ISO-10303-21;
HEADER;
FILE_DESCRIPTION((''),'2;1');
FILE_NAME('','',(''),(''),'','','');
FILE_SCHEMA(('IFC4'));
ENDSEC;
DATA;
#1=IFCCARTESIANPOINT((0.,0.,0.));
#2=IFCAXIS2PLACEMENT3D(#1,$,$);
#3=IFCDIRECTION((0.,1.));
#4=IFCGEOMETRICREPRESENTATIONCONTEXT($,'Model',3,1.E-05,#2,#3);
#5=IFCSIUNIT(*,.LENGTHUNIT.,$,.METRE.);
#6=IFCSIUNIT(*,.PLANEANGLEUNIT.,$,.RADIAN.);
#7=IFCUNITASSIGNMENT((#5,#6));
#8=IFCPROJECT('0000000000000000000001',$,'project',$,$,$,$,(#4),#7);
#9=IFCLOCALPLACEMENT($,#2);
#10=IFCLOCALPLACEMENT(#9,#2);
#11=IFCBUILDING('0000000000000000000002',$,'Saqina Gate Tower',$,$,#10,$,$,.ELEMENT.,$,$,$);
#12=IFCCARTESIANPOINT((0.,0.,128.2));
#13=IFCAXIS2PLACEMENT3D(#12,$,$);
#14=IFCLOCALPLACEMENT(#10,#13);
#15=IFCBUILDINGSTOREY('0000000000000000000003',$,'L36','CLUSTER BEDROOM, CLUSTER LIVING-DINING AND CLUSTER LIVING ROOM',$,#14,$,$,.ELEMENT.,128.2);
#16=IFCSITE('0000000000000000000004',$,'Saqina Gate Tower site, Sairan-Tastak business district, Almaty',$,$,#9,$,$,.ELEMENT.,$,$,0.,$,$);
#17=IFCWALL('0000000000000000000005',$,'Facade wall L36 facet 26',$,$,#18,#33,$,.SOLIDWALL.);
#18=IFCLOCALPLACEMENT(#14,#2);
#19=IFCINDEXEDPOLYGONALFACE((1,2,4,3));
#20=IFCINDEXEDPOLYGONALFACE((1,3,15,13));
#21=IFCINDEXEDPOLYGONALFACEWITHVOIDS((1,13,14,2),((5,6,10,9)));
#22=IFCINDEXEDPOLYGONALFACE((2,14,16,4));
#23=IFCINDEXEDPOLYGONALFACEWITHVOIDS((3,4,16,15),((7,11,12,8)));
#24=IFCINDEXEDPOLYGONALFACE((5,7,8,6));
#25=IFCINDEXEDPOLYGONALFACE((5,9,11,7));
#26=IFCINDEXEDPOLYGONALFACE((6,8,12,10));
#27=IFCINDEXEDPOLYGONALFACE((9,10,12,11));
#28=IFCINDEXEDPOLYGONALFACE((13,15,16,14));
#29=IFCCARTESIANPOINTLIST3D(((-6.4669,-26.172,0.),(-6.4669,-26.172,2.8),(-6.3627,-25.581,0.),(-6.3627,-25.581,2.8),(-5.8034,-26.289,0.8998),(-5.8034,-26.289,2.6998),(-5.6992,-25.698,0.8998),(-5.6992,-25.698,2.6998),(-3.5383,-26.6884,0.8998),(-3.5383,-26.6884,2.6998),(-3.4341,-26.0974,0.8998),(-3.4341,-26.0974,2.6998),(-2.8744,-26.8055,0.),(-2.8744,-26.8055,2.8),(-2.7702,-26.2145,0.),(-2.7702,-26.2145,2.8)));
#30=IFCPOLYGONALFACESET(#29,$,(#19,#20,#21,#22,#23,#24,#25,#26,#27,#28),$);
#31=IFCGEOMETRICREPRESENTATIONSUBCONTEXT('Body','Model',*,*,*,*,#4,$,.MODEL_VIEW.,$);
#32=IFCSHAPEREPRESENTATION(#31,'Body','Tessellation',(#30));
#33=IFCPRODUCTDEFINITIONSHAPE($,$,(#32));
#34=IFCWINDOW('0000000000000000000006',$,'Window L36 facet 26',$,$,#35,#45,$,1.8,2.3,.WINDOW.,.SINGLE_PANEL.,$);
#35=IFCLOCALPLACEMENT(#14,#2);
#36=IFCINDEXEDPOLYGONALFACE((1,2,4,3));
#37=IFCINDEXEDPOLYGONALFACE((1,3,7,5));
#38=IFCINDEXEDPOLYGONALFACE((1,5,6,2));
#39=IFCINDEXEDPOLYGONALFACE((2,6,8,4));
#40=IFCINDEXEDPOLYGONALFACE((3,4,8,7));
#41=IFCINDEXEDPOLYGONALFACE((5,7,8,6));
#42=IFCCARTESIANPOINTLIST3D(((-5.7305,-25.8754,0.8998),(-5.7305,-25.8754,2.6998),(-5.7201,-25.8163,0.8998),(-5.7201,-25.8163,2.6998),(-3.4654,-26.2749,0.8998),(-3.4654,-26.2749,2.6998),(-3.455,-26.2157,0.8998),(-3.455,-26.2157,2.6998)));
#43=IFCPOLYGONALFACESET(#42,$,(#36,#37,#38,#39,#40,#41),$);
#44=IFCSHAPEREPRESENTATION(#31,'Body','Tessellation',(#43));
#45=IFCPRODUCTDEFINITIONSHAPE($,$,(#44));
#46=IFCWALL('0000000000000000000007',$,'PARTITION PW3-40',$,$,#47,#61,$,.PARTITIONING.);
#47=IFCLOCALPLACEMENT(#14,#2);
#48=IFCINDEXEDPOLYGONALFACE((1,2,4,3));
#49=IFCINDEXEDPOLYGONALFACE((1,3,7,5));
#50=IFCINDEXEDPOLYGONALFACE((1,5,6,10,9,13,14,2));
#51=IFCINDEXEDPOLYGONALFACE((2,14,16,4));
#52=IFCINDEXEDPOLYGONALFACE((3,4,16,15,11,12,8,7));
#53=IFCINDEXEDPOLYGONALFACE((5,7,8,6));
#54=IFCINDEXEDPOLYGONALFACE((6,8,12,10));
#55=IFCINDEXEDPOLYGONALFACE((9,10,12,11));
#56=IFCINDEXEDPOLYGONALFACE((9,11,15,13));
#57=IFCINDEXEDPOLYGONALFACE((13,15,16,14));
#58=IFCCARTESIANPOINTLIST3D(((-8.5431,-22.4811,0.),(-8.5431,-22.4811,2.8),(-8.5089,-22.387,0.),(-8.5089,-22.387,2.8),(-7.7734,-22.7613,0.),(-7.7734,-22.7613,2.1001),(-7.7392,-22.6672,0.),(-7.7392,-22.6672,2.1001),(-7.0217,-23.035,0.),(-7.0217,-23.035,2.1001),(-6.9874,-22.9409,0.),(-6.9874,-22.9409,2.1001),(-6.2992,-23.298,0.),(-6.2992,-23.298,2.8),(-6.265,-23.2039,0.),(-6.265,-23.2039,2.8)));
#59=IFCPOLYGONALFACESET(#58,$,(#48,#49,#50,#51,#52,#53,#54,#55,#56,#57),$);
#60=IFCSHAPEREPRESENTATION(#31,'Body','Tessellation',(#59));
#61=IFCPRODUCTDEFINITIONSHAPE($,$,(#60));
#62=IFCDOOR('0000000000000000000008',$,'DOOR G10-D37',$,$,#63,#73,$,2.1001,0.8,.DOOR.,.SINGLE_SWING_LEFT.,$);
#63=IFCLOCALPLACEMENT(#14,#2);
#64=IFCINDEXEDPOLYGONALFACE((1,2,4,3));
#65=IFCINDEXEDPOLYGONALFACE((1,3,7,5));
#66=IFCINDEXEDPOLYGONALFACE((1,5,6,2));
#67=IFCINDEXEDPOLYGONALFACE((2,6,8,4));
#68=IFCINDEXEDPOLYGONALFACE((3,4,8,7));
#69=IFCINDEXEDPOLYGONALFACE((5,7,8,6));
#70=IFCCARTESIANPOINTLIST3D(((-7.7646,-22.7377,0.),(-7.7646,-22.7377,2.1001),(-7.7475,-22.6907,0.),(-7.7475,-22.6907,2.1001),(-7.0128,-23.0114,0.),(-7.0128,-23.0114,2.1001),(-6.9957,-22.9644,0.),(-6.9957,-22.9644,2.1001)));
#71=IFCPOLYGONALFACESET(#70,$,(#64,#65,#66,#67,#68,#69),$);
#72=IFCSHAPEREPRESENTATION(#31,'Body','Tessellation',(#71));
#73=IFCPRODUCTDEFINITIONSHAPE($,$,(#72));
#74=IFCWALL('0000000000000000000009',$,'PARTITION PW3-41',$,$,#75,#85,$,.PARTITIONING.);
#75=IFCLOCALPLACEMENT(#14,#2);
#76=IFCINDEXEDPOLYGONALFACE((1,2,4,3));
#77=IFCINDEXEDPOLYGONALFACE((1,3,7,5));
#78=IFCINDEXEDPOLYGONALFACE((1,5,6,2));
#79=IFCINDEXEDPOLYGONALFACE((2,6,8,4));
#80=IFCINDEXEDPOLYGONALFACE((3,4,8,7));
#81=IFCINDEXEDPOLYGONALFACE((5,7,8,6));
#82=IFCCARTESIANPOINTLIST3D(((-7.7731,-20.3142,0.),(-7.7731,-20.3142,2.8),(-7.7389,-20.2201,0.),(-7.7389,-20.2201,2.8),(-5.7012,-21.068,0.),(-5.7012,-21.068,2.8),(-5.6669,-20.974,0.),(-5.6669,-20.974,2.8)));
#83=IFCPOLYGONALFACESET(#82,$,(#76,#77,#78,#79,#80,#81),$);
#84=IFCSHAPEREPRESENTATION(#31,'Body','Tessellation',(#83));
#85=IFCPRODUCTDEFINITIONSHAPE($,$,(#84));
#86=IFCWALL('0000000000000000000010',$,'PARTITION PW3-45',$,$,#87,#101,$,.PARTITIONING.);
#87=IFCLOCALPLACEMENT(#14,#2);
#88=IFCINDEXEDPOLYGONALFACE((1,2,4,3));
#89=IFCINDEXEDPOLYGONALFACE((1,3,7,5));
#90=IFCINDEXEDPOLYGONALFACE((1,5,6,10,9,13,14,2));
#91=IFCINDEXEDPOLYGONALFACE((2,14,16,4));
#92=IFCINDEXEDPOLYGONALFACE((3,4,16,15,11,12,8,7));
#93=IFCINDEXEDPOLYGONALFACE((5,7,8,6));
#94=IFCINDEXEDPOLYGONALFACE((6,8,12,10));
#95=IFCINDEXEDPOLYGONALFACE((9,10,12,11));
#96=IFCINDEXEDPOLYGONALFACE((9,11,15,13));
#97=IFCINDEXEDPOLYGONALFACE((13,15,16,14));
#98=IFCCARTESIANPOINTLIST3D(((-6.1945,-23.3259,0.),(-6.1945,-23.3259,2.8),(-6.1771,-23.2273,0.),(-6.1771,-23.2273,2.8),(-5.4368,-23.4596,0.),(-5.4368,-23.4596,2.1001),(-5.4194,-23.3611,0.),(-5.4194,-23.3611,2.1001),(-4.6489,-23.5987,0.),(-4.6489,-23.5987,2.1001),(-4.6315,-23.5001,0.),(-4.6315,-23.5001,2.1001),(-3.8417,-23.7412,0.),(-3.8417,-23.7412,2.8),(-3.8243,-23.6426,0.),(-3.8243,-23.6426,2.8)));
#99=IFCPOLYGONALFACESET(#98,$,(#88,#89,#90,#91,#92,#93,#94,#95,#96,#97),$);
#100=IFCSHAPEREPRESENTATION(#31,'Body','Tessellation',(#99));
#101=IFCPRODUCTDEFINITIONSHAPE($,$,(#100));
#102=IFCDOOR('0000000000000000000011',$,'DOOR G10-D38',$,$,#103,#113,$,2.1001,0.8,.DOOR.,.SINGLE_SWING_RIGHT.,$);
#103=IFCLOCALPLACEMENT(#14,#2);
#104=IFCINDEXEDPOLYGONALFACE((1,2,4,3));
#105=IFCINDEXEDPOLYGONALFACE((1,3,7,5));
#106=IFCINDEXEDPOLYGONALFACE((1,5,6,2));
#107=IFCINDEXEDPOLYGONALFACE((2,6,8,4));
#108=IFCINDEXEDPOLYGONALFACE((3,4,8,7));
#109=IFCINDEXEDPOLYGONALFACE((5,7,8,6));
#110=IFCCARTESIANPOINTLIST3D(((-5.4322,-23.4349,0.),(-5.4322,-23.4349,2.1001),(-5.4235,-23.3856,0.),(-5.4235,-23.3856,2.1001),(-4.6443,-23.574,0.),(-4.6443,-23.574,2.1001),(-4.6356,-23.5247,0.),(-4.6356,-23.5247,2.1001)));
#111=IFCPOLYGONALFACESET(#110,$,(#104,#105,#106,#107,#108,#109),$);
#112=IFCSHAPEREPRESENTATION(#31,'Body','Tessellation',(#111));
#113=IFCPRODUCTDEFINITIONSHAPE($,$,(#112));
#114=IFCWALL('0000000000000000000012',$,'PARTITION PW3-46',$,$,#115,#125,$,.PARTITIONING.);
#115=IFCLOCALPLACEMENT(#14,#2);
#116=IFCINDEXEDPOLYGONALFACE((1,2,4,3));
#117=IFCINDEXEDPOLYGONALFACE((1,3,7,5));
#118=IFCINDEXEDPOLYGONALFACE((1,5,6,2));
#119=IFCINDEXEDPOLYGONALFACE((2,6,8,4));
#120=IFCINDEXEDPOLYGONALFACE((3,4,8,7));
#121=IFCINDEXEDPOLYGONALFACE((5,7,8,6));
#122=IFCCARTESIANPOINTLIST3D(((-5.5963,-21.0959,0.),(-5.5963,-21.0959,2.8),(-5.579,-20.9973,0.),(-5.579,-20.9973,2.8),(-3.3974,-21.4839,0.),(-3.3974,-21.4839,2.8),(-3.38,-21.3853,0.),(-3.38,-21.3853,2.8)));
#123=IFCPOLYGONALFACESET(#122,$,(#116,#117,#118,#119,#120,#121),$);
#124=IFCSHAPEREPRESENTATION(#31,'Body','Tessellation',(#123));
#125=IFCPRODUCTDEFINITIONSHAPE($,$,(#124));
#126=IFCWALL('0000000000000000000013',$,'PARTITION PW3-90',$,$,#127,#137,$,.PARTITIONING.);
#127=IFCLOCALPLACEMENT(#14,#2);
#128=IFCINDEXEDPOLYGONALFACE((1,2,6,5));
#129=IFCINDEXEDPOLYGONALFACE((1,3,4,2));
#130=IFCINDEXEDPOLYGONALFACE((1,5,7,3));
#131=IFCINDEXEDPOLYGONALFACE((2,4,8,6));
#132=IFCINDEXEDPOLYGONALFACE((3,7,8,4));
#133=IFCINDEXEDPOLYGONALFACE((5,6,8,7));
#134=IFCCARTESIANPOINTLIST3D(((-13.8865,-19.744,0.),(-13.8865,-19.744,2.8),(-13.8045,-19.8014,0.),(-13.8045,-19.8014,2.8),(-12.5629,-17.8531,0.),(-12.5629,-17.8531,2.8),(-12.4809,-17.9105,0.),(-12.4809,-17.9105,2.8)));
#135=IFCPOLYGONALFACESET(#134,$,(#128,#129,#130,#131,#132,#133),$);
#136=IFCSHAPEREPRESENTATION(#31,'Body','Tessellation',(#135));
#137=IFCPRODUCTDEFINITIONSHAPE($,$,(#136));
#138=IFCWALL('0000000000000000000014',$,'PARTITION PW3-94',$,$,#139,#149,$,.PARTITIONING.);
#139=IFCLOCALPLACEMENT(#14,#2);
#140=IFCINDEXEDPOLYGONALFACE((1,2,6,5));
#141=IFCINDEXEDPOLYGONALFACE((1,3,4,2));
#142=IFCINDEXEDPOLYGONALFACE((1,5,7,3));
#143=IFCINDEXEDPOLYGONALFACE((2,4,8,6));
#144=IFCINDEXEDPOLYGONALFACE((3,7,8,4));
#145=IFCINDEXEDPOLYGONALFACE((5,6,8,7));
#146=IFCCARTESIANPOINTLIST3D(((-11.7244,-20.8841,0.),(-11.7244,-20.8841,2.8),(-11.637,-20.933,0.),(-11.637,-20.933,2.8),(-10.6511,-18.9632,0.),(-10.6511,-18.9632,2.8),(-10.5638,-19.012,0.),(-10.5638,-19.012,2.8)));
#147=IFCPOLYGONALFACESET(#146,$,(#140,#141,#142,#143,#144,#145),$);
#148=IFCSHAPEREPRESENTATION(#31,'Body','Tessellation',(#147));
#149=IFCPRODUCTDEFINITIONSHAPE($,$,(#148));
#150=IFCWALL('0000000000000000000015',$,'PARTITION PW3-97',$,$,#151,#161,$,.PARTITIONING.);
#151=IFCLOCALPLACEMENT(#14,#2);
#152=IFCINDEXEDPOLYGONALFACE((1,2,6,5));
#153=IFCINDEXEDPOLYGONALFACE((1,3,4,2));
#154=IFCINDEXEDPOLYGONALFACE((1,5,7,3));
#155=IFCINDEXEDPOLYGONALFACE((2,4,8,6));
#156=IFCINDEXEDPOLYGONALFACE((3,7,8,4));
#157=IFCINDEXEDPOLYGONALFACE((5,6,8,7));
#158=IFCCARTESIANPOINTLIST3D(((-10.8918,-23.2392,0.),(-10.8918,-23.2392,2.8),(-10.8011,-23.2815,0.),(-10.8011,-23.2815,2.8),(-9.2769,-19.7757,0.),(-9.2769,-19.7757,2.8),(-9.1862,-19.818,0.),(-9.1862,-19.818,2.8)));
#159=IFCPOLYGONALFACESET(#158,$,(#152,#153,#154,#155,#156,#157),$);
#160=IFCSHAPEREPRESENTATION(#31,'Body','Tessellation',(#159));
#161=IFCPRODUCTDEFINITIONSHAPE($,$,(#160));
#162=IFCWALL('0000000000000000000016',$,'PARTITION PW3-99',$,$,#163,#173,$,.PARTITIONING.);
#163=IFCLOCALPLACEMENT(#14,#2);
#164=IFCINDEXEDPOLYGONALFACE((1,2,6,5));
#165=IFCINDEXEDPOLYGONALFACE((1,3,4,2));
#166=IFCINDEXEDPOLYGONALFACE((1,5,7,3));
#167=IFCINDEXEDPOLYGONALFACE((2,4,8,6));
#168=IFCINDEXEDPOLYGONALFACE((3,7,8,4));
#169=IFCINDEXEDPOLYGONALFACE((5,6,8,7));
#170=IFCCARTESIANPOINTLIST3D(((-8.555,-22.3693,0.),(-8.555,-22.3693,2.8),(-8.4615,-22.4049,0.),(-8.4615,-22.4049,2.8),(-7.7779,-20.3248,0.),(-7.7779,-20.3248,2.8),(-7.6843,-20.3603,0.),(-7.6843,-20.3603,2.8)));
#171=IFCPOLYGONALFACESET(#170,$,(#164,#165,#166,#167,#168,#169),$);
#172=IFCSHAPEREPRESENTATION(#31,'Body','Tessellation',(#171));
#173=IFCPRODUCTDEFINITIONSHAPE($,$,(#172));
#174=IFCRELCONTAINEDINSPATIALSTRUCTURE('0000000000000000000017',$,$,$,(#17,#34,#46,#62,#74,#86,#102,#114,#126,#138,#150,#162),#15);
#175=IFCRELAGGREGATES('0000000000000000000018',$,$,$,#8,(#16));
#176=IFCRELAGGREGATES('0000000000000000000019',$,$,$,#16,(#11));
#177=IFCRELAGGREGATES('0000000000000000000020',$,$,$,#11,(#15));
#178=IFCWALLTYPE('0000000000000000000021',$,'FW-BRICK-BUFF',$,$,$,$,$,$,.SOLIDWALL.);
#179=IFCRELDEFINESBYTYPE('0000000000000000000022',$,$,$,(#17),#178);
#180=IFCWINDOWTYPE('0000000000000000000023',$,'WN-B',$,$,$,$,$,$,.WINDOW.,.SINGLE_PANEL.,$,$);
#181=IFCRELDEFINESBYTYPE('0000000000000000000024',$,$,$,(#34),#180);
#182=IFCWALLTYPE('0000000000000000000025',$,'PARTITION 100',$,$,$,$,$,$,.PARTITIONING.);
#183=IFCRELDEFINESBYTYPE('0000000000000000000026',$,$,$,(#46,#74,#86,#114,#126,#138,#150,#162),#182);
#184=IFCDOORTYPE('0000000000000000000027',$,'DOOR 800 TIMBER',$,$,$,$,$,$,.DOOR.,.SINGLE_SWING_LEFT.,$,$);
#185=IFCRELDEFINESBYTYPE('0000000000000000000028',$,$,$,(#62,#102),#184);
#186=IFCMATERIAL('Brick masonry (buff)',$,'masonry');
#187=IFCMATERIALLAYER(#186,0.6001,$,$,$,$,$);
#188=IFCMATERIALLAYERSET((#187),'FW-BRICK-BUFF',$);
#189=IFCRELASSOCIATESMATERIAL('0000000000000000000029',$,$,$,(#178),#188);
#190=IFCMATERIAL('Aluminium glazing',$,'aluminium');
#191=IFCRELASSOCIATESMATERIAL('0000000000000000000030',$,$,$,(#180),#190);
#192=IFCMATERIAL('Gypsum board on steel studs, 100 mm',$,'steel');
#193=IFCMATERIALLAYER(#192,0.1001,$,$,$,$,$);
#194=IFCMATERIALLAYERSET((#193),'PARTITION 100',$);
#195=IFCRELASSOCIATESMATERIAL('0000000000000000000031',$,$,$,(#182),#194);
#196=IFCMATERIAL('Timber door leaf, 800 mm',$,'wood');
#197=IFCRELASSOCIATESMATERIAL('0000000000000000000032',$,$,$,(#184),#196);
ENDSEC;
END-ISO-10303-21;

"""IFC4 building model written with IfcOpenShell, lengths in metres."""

from ifc_helpers import new_model, si_unit, direction, frame, frame_2d, origin, place, context, subcontext, project, spatial, rectangle, extrude, material, layer, layer_set, type_object, element, fill, save


model = new_model("IFC4")

# Units and contexts
model_context = context("Model", 3, precision=1e-05, world=origin(), true_north=direction((0.0, 1.0)))
body_context = subcontext(model_context, "Body", "Model", "MODEL_VIEW")
ifc_project = project(units=[si_unit("LENGTHUNIT", "METRE"), si_unit("PLANEANGLEUNIT", "RADIAN")], contexts=[model_context])

# Site, building, storey
site_placement = place(None, origin())
site = spatial("IfcSite", under=ifc_project, at=site_placement, Name="Saqina Gate Tower site, Sairan-Tastak business district, Almaty", CompositionType="ELEMENT", RefElevation=0.0)
building_placement = place(site_placement, origin())
building = spatial("IfcBuilding", under=site, at=building_placement, Name="Saqina Gate Tower", CompositionType="ELEMENT")
storey_placement = place(building_placement, frame((0.0, 0.0, 128.2)))
storey = spatial("IfcBuildingStorey", under=building, at=storey_placement, Name="L36", Description="CLUSTER BEDROOM, CLUSTER LIVING-DINING AND CLUSTER LIVING ROOM", CompositionType="ELEMENT", Elevation=128.2)

# Wall, opening, window
ifc_material_1 = material(Name="Brick masonry (buff)", Category="masonry")
ifc_layer_1 = layer(ifc_material_1, 0.6001)
ifc_layer_set_1 = layer_set([ifc_layer_1], Name="FW-BRICK-BUFF")
wall_type_1 = type_object("IfcWallType", Name="FW-BRICK-BUFF", PredefinedType="SOLIDWALL", material=ifc_layer_set_1)
ifc_material_2 = material(Name="Aluminium glazing", Category="aluminium")
window_type = type_object("IfcWindowType", Name="WN-B", PartitioningType="SINGLE_PANEL", PredefinedType="WINDOW", material=ifc_material_2)
wall_1_placement = place(storey_placement, frame((-6.4148, -25.8765, 0.0), z_axis=(0.0, 0.0, 1.0), x_axis=(0.984804, -0.173671, 0.0)))
wall_1 = element("IfcWall", 1, at=wall_1_placement, inside=storey, type_object=wall_type_1, Name="Facade wall L36 facet 26", PredefinedType="SOLIDWALL", context=body_context, shape_type="SweptSolid", body=[
    extrude(rectangle(XDim=3.6479, YDim=0.6001, at=frame_2d((1.824, 0.0))), origin(), (0.0, 0.0, 1.0), 2.8),
])
opening_1_placement = place(wall_1_placement, frame((0.6738, 0.0, 0.8999)))
opening_1 = element("IfcOpeningElement", 2, at=opening_1_placement, cuts=wall_1, PredefinedType="OPENING", context=body_context, shape_type="SweptSolid", body=[
    extrude(rectangle(XDim=2.3, YDim=1.8, at=frame_2d((1.1499, 0.8999))), frame((0.0, 0.312, 0.0), z_axis=(0.0, -1.0, 0.0), x_axis=(1.0, 0.0, 0.0)), (0.0, 0.0, 1.0), 0.624),
])
window_1_placement = place(opening_1_placement, origin())
window_1 = element("IfcWindow", 3, at=window_1_placement, inside=storey, type_object=window_type, Name="Window L36 facet 26", OverallHeight=1.8, OverallWidth=2.3, PartitioningType="SINGLE_PANEL", PredefinedType="WINDOW", context=body_context, shape_type="SweptSolid", body=[
    extrude(rectangle(XDim=2.3, YDim=1.8, at=frame_2d((1.1499, 0.8999))), frame((0.0, 0.1799, 0.0), z_axis=(0.0, -1.0, 0.0), x_axis=(1.0, 0.0, 0.0)), (0.0, 0.0, 1.0), 0.0601),
])
fill(opening_1, window_1)

# Wall, opening, door
ifc_material_3 = material(Name="Gypsum board on steel studs, 100 mm", Category="steel")
ifc_layer_2 = layer(ifc_material_3, 0.1001)
ifc_layer_set_2 = layer_set([ifc_layer_2], Name="PARTITION 100")
wall_type_2 = type_object("IfcWallType", Name="PARTITION 100", PredefinedType="PARTITIONING", material=ifc_layer_set_2)
wall_2_placement = place(storey_placement, frame((-8.5259, -22.4341, 0.0), z_axis=(0.0, 0.0, 1.0), x_axis=(0.939668, -0.342088, 0.0)))
wall_2 = element("IfcWall", 4, at=wall_2_placement, inside=storey, type_object=wall_type_2, Name="PARTITION PW3-40", PredefinedType="PARTITIONING", context=body_context, shape_type="SweptSolid", body=[
    extrude(rectangle(XDim=2.3879, YDim=0.1001, at=frame_2d((1.1938, 0.0))), origin(), (0.0, 0.0, 1.0), 2.8),
])
opening_2_placement = place(wall_2_placement, frame((0.8191, 0.0, 0.0)))
opening_2 = element("IfcOpeningElement", 5, at=opening_2_placement, cuts=wall_2, PredefinedType="OPENING", context=body_context, shape_type="SweptSolid", body=[
    extrude(rectangle(XDim=0.8, YDim=2.1001, at=frame_2d((0.3999, 1.05))), frame((0.0, 0.062, 0.0), z_axis=(0.0, -1.0, 0.0), x_axis=(1.0, 0.0, 0.0)), (0.0, 0.0, 1.0), 0.124),
])
ifc_material_4 = material(Name="Timber door leaf, 800 mm", Category="wood")
door_type_1 = type_object("IfcDoorType", Name="DOOR 800 TIMBER", OperationType="SINGLE_SWING_LEFT", PredefinedType="DOOR", material=ifc_material_4)
door_1_placement = place(opening_2_placement, frame((0.8, 0.0, 0.0), z_axis=(0.0, 0.0, 1.0), x_axis=(-1.0, 0.0, 0.0)))
door_1 = element("IfcDoor", 6, at=door_1_placement, inside=storey, type_object=door_type_1, Name="DOOR G10-D37", OperationType="SINGLE_SWING_LEFT", OverallHeight=2.1001, OverallWidth=0.8, PredefinedType="DOOR", context=body_context, shape_type="SweptSolid", body=[
    extrude(rectangle(XDim=0.8, YDim=2.1001, at=frame_2d((0.3999, 1.05))), frame((0.0, 0.0249, 0.0), z_axis=(0.0, -1.0, 0.0), x_axis=(1.0, 0.0, 0.0)), (0.0, 0.0, 1.0), 0.05),
])
fill(opening_2, door_1)

# Wall
wall_3_placement = place(storey_placement, frame((-7.7561, -20.2671, 0.0), z_axis=(0.0, 0.0, 1.0), x_axis=(0.939729, -0.341921, 0.0)))
element("IfcWall", 7, at=wall_3_placement, inside=storey, type_object=wall_type_2, Name="PARTITION PW3-41", PredefinedType="PARTITIONING", context=body_context, shape_type="SweptSolid", body=[
    extrude(rectangle(XDim=2.2048, YDim=0.1001, at=frame_2d((1.1025, 0.0))), origin(), (0.0, 0.0, 1.0), 2.8),
])

# Wall, opening, door
wall_4_placement = place(storey_placement, frame((-6.1858, -23.2766, 0.0), z_axis=(0.0, 0.0, 1.0), x_axis=(0.984777, -0.17382, 0.0)))
wall_4 = element("IfcWall", 8, at=wall_4_placement, inside=storey, type_object=wall_type_2, Name="PARTITION PW3-45", PredefinedType="PARTITIONING", context=body_context, shape_type="SweptSolid", body=[
    extrude(rectangle(XDim=2.3892, YDim=0.1001, at=frame_2d((1.1946, 0.0))), origin(), (0.0, 0.0, 1.0), 2.8),
])
opening_3_placement = place(wall_4_placement, frame((0.7695, 0.0, 0.0)))
opening_3 = element("IfcOpeningElement", 9, at=opening_3_placement, cuts=wall_4, PredefinedType="OPENING", context=body_context, shape_type="SweptSolid", body=[
    extrude(rectangle(XDim=0.8, YDim=2.1001, at=frame_2d((0.3999, 1.05))), frame((0.0, 0.062, 0.0), z_axis=(0.0, -1.0, 0.0), x_axis=(1.0, 0.0, 0.0)), (0.0, 0.0, 1.0), 0.124),
])
door_2_placement = place(opening_3_placement, frame((0.8, 0.0, 0.0), z_axis=(0.0, 0.0, 1.0), x_axis=(-1.0, 0.0, 0.0)))
door_2 = element("IfcDoor", 10, at=door_2_placement, inside=storey, type_object=door_type_1, Name="DOOR G10-D38", OperationType="SINGLE_SWING_RIGHT", OverallHeight=2.1001, OverallWidth=0.8, PredefinedType="DOOR", context=body_context, shape_type="SweptSolid", body=[
    extrude(rectangle(XDim=0.8, YDim=2.1001, at=frame_2d((0.3999, 1.05))), frame((0.0, 0.0249, 0.0), z_axis=(0.0, -1.0, 0.0), x_axis=(1.0, 0.0, 0.0)), (0.0, 0.0, 1.0), 0.05),
])
fill(opening_3, door_2)

# Walls
wall_5_placement = place(storey_placement, frame((-5.5876, -21.0466, 0.0), z_axis=(0.0, 0.0, 1.0), x_axis=(0.984792, -0.173735, 0.0)))
element("IfcWall", 11, at=wall_5_placement, inside=storey, type_object=wall_type_2, Name="PARTITION PW3-46", PredefinedType="PARTITIONING", context=body_context, shape_type="SweptSolid", body=[
    extrude(rectangle(XDim=2.2329, YDim=0.1001, at=frame_2d((1.1165, 0.0))), origin(), (0.0, 0.0, 1.0), 2.8),
])
wall_6_placement = place(storey_placement, frame((-13.8455, -19.7727, 0.0), z_axis=(0.0, 0.0, 1.0), x_axis=(0.573427, 0.819257, 0.0)))
element("IfcWall", 12, at=wall_6_placement, inside=storey, type_object=wall_type_2, Name="PARTITION PW3-90", PredefinedType="PARTITIONING", context=body_context, shape_type="SweptSolid", body=[
    extrude(rectangle(XDim=2.3081, YDim=0.1001, at=frame_2d((1.1541, 0.0))), origin(), (0.0, 0.0, 1.0), 2.8),
])
wall_7_placement = place(storey_placement, frame((-11.6807, -20.9084, 0.0), z_axis=(0.0, 0.0, 1.0), x_axis=(0.487752, 0.872982, 0.0)))
element("IfcWall", 13, at=wall_7_placement, inside=storey, type_object=wall_type_2, Name="PARTITION PW3-94", PredefinedType="PARTITIONING", context=body_context, shape_type="SweptSolid", body=[
    extrude(rectangle(XDim=2.2004, YDim=0.1001, at=frame_2d((1.1001, 0.0))), origin(), (0.0, 0.0, 1.0), 2.8),
])
wall_8_placement = place(storey_placement, frame((-10.8464, -23.2603, 0.0), z_axis=(0.0, 0.0, 1.0), x_axis=(0.422592, 0.90632, 0.0)))
element("IfcWall", 14, at=wall_8_placement, inside=storey, type_object=wall_type_2, Name="PARTITION PW3-97", PredefinedType="PARTITIONING", context=body_context, shape_type="SweptSolid", body=[
    extrude(rectangle(XDim=3.8215, YDim=0.1001, at=frame_2d((1.9106, 0.0))), origin(), (0.0, 0.0, 1.0), 2.8),
])
wall_9_placement = place(storey_placement, frame((-8.5083, -22.3872, 0.0), z_axis=(0.0, 0.0, 1.0), x_axis=(0.355304, 0.934751, 0.0)))
element("IfcWall", 15, at=wall_9_placement, inside=storey, type_object=wall_type_2, Name="PARTITION PW3-99", PredefinedType="PARTITIONING", context=body_context, shape_type="SweptSolid", body=[
    extrude(rectangle(XDim=2.1873, YDim=0.1001, at=frame_2d((1.0938, 0.0))), origin(), (0.0, 0.0, 1.0), 2.8),
])

save(model, "model.ifc")
